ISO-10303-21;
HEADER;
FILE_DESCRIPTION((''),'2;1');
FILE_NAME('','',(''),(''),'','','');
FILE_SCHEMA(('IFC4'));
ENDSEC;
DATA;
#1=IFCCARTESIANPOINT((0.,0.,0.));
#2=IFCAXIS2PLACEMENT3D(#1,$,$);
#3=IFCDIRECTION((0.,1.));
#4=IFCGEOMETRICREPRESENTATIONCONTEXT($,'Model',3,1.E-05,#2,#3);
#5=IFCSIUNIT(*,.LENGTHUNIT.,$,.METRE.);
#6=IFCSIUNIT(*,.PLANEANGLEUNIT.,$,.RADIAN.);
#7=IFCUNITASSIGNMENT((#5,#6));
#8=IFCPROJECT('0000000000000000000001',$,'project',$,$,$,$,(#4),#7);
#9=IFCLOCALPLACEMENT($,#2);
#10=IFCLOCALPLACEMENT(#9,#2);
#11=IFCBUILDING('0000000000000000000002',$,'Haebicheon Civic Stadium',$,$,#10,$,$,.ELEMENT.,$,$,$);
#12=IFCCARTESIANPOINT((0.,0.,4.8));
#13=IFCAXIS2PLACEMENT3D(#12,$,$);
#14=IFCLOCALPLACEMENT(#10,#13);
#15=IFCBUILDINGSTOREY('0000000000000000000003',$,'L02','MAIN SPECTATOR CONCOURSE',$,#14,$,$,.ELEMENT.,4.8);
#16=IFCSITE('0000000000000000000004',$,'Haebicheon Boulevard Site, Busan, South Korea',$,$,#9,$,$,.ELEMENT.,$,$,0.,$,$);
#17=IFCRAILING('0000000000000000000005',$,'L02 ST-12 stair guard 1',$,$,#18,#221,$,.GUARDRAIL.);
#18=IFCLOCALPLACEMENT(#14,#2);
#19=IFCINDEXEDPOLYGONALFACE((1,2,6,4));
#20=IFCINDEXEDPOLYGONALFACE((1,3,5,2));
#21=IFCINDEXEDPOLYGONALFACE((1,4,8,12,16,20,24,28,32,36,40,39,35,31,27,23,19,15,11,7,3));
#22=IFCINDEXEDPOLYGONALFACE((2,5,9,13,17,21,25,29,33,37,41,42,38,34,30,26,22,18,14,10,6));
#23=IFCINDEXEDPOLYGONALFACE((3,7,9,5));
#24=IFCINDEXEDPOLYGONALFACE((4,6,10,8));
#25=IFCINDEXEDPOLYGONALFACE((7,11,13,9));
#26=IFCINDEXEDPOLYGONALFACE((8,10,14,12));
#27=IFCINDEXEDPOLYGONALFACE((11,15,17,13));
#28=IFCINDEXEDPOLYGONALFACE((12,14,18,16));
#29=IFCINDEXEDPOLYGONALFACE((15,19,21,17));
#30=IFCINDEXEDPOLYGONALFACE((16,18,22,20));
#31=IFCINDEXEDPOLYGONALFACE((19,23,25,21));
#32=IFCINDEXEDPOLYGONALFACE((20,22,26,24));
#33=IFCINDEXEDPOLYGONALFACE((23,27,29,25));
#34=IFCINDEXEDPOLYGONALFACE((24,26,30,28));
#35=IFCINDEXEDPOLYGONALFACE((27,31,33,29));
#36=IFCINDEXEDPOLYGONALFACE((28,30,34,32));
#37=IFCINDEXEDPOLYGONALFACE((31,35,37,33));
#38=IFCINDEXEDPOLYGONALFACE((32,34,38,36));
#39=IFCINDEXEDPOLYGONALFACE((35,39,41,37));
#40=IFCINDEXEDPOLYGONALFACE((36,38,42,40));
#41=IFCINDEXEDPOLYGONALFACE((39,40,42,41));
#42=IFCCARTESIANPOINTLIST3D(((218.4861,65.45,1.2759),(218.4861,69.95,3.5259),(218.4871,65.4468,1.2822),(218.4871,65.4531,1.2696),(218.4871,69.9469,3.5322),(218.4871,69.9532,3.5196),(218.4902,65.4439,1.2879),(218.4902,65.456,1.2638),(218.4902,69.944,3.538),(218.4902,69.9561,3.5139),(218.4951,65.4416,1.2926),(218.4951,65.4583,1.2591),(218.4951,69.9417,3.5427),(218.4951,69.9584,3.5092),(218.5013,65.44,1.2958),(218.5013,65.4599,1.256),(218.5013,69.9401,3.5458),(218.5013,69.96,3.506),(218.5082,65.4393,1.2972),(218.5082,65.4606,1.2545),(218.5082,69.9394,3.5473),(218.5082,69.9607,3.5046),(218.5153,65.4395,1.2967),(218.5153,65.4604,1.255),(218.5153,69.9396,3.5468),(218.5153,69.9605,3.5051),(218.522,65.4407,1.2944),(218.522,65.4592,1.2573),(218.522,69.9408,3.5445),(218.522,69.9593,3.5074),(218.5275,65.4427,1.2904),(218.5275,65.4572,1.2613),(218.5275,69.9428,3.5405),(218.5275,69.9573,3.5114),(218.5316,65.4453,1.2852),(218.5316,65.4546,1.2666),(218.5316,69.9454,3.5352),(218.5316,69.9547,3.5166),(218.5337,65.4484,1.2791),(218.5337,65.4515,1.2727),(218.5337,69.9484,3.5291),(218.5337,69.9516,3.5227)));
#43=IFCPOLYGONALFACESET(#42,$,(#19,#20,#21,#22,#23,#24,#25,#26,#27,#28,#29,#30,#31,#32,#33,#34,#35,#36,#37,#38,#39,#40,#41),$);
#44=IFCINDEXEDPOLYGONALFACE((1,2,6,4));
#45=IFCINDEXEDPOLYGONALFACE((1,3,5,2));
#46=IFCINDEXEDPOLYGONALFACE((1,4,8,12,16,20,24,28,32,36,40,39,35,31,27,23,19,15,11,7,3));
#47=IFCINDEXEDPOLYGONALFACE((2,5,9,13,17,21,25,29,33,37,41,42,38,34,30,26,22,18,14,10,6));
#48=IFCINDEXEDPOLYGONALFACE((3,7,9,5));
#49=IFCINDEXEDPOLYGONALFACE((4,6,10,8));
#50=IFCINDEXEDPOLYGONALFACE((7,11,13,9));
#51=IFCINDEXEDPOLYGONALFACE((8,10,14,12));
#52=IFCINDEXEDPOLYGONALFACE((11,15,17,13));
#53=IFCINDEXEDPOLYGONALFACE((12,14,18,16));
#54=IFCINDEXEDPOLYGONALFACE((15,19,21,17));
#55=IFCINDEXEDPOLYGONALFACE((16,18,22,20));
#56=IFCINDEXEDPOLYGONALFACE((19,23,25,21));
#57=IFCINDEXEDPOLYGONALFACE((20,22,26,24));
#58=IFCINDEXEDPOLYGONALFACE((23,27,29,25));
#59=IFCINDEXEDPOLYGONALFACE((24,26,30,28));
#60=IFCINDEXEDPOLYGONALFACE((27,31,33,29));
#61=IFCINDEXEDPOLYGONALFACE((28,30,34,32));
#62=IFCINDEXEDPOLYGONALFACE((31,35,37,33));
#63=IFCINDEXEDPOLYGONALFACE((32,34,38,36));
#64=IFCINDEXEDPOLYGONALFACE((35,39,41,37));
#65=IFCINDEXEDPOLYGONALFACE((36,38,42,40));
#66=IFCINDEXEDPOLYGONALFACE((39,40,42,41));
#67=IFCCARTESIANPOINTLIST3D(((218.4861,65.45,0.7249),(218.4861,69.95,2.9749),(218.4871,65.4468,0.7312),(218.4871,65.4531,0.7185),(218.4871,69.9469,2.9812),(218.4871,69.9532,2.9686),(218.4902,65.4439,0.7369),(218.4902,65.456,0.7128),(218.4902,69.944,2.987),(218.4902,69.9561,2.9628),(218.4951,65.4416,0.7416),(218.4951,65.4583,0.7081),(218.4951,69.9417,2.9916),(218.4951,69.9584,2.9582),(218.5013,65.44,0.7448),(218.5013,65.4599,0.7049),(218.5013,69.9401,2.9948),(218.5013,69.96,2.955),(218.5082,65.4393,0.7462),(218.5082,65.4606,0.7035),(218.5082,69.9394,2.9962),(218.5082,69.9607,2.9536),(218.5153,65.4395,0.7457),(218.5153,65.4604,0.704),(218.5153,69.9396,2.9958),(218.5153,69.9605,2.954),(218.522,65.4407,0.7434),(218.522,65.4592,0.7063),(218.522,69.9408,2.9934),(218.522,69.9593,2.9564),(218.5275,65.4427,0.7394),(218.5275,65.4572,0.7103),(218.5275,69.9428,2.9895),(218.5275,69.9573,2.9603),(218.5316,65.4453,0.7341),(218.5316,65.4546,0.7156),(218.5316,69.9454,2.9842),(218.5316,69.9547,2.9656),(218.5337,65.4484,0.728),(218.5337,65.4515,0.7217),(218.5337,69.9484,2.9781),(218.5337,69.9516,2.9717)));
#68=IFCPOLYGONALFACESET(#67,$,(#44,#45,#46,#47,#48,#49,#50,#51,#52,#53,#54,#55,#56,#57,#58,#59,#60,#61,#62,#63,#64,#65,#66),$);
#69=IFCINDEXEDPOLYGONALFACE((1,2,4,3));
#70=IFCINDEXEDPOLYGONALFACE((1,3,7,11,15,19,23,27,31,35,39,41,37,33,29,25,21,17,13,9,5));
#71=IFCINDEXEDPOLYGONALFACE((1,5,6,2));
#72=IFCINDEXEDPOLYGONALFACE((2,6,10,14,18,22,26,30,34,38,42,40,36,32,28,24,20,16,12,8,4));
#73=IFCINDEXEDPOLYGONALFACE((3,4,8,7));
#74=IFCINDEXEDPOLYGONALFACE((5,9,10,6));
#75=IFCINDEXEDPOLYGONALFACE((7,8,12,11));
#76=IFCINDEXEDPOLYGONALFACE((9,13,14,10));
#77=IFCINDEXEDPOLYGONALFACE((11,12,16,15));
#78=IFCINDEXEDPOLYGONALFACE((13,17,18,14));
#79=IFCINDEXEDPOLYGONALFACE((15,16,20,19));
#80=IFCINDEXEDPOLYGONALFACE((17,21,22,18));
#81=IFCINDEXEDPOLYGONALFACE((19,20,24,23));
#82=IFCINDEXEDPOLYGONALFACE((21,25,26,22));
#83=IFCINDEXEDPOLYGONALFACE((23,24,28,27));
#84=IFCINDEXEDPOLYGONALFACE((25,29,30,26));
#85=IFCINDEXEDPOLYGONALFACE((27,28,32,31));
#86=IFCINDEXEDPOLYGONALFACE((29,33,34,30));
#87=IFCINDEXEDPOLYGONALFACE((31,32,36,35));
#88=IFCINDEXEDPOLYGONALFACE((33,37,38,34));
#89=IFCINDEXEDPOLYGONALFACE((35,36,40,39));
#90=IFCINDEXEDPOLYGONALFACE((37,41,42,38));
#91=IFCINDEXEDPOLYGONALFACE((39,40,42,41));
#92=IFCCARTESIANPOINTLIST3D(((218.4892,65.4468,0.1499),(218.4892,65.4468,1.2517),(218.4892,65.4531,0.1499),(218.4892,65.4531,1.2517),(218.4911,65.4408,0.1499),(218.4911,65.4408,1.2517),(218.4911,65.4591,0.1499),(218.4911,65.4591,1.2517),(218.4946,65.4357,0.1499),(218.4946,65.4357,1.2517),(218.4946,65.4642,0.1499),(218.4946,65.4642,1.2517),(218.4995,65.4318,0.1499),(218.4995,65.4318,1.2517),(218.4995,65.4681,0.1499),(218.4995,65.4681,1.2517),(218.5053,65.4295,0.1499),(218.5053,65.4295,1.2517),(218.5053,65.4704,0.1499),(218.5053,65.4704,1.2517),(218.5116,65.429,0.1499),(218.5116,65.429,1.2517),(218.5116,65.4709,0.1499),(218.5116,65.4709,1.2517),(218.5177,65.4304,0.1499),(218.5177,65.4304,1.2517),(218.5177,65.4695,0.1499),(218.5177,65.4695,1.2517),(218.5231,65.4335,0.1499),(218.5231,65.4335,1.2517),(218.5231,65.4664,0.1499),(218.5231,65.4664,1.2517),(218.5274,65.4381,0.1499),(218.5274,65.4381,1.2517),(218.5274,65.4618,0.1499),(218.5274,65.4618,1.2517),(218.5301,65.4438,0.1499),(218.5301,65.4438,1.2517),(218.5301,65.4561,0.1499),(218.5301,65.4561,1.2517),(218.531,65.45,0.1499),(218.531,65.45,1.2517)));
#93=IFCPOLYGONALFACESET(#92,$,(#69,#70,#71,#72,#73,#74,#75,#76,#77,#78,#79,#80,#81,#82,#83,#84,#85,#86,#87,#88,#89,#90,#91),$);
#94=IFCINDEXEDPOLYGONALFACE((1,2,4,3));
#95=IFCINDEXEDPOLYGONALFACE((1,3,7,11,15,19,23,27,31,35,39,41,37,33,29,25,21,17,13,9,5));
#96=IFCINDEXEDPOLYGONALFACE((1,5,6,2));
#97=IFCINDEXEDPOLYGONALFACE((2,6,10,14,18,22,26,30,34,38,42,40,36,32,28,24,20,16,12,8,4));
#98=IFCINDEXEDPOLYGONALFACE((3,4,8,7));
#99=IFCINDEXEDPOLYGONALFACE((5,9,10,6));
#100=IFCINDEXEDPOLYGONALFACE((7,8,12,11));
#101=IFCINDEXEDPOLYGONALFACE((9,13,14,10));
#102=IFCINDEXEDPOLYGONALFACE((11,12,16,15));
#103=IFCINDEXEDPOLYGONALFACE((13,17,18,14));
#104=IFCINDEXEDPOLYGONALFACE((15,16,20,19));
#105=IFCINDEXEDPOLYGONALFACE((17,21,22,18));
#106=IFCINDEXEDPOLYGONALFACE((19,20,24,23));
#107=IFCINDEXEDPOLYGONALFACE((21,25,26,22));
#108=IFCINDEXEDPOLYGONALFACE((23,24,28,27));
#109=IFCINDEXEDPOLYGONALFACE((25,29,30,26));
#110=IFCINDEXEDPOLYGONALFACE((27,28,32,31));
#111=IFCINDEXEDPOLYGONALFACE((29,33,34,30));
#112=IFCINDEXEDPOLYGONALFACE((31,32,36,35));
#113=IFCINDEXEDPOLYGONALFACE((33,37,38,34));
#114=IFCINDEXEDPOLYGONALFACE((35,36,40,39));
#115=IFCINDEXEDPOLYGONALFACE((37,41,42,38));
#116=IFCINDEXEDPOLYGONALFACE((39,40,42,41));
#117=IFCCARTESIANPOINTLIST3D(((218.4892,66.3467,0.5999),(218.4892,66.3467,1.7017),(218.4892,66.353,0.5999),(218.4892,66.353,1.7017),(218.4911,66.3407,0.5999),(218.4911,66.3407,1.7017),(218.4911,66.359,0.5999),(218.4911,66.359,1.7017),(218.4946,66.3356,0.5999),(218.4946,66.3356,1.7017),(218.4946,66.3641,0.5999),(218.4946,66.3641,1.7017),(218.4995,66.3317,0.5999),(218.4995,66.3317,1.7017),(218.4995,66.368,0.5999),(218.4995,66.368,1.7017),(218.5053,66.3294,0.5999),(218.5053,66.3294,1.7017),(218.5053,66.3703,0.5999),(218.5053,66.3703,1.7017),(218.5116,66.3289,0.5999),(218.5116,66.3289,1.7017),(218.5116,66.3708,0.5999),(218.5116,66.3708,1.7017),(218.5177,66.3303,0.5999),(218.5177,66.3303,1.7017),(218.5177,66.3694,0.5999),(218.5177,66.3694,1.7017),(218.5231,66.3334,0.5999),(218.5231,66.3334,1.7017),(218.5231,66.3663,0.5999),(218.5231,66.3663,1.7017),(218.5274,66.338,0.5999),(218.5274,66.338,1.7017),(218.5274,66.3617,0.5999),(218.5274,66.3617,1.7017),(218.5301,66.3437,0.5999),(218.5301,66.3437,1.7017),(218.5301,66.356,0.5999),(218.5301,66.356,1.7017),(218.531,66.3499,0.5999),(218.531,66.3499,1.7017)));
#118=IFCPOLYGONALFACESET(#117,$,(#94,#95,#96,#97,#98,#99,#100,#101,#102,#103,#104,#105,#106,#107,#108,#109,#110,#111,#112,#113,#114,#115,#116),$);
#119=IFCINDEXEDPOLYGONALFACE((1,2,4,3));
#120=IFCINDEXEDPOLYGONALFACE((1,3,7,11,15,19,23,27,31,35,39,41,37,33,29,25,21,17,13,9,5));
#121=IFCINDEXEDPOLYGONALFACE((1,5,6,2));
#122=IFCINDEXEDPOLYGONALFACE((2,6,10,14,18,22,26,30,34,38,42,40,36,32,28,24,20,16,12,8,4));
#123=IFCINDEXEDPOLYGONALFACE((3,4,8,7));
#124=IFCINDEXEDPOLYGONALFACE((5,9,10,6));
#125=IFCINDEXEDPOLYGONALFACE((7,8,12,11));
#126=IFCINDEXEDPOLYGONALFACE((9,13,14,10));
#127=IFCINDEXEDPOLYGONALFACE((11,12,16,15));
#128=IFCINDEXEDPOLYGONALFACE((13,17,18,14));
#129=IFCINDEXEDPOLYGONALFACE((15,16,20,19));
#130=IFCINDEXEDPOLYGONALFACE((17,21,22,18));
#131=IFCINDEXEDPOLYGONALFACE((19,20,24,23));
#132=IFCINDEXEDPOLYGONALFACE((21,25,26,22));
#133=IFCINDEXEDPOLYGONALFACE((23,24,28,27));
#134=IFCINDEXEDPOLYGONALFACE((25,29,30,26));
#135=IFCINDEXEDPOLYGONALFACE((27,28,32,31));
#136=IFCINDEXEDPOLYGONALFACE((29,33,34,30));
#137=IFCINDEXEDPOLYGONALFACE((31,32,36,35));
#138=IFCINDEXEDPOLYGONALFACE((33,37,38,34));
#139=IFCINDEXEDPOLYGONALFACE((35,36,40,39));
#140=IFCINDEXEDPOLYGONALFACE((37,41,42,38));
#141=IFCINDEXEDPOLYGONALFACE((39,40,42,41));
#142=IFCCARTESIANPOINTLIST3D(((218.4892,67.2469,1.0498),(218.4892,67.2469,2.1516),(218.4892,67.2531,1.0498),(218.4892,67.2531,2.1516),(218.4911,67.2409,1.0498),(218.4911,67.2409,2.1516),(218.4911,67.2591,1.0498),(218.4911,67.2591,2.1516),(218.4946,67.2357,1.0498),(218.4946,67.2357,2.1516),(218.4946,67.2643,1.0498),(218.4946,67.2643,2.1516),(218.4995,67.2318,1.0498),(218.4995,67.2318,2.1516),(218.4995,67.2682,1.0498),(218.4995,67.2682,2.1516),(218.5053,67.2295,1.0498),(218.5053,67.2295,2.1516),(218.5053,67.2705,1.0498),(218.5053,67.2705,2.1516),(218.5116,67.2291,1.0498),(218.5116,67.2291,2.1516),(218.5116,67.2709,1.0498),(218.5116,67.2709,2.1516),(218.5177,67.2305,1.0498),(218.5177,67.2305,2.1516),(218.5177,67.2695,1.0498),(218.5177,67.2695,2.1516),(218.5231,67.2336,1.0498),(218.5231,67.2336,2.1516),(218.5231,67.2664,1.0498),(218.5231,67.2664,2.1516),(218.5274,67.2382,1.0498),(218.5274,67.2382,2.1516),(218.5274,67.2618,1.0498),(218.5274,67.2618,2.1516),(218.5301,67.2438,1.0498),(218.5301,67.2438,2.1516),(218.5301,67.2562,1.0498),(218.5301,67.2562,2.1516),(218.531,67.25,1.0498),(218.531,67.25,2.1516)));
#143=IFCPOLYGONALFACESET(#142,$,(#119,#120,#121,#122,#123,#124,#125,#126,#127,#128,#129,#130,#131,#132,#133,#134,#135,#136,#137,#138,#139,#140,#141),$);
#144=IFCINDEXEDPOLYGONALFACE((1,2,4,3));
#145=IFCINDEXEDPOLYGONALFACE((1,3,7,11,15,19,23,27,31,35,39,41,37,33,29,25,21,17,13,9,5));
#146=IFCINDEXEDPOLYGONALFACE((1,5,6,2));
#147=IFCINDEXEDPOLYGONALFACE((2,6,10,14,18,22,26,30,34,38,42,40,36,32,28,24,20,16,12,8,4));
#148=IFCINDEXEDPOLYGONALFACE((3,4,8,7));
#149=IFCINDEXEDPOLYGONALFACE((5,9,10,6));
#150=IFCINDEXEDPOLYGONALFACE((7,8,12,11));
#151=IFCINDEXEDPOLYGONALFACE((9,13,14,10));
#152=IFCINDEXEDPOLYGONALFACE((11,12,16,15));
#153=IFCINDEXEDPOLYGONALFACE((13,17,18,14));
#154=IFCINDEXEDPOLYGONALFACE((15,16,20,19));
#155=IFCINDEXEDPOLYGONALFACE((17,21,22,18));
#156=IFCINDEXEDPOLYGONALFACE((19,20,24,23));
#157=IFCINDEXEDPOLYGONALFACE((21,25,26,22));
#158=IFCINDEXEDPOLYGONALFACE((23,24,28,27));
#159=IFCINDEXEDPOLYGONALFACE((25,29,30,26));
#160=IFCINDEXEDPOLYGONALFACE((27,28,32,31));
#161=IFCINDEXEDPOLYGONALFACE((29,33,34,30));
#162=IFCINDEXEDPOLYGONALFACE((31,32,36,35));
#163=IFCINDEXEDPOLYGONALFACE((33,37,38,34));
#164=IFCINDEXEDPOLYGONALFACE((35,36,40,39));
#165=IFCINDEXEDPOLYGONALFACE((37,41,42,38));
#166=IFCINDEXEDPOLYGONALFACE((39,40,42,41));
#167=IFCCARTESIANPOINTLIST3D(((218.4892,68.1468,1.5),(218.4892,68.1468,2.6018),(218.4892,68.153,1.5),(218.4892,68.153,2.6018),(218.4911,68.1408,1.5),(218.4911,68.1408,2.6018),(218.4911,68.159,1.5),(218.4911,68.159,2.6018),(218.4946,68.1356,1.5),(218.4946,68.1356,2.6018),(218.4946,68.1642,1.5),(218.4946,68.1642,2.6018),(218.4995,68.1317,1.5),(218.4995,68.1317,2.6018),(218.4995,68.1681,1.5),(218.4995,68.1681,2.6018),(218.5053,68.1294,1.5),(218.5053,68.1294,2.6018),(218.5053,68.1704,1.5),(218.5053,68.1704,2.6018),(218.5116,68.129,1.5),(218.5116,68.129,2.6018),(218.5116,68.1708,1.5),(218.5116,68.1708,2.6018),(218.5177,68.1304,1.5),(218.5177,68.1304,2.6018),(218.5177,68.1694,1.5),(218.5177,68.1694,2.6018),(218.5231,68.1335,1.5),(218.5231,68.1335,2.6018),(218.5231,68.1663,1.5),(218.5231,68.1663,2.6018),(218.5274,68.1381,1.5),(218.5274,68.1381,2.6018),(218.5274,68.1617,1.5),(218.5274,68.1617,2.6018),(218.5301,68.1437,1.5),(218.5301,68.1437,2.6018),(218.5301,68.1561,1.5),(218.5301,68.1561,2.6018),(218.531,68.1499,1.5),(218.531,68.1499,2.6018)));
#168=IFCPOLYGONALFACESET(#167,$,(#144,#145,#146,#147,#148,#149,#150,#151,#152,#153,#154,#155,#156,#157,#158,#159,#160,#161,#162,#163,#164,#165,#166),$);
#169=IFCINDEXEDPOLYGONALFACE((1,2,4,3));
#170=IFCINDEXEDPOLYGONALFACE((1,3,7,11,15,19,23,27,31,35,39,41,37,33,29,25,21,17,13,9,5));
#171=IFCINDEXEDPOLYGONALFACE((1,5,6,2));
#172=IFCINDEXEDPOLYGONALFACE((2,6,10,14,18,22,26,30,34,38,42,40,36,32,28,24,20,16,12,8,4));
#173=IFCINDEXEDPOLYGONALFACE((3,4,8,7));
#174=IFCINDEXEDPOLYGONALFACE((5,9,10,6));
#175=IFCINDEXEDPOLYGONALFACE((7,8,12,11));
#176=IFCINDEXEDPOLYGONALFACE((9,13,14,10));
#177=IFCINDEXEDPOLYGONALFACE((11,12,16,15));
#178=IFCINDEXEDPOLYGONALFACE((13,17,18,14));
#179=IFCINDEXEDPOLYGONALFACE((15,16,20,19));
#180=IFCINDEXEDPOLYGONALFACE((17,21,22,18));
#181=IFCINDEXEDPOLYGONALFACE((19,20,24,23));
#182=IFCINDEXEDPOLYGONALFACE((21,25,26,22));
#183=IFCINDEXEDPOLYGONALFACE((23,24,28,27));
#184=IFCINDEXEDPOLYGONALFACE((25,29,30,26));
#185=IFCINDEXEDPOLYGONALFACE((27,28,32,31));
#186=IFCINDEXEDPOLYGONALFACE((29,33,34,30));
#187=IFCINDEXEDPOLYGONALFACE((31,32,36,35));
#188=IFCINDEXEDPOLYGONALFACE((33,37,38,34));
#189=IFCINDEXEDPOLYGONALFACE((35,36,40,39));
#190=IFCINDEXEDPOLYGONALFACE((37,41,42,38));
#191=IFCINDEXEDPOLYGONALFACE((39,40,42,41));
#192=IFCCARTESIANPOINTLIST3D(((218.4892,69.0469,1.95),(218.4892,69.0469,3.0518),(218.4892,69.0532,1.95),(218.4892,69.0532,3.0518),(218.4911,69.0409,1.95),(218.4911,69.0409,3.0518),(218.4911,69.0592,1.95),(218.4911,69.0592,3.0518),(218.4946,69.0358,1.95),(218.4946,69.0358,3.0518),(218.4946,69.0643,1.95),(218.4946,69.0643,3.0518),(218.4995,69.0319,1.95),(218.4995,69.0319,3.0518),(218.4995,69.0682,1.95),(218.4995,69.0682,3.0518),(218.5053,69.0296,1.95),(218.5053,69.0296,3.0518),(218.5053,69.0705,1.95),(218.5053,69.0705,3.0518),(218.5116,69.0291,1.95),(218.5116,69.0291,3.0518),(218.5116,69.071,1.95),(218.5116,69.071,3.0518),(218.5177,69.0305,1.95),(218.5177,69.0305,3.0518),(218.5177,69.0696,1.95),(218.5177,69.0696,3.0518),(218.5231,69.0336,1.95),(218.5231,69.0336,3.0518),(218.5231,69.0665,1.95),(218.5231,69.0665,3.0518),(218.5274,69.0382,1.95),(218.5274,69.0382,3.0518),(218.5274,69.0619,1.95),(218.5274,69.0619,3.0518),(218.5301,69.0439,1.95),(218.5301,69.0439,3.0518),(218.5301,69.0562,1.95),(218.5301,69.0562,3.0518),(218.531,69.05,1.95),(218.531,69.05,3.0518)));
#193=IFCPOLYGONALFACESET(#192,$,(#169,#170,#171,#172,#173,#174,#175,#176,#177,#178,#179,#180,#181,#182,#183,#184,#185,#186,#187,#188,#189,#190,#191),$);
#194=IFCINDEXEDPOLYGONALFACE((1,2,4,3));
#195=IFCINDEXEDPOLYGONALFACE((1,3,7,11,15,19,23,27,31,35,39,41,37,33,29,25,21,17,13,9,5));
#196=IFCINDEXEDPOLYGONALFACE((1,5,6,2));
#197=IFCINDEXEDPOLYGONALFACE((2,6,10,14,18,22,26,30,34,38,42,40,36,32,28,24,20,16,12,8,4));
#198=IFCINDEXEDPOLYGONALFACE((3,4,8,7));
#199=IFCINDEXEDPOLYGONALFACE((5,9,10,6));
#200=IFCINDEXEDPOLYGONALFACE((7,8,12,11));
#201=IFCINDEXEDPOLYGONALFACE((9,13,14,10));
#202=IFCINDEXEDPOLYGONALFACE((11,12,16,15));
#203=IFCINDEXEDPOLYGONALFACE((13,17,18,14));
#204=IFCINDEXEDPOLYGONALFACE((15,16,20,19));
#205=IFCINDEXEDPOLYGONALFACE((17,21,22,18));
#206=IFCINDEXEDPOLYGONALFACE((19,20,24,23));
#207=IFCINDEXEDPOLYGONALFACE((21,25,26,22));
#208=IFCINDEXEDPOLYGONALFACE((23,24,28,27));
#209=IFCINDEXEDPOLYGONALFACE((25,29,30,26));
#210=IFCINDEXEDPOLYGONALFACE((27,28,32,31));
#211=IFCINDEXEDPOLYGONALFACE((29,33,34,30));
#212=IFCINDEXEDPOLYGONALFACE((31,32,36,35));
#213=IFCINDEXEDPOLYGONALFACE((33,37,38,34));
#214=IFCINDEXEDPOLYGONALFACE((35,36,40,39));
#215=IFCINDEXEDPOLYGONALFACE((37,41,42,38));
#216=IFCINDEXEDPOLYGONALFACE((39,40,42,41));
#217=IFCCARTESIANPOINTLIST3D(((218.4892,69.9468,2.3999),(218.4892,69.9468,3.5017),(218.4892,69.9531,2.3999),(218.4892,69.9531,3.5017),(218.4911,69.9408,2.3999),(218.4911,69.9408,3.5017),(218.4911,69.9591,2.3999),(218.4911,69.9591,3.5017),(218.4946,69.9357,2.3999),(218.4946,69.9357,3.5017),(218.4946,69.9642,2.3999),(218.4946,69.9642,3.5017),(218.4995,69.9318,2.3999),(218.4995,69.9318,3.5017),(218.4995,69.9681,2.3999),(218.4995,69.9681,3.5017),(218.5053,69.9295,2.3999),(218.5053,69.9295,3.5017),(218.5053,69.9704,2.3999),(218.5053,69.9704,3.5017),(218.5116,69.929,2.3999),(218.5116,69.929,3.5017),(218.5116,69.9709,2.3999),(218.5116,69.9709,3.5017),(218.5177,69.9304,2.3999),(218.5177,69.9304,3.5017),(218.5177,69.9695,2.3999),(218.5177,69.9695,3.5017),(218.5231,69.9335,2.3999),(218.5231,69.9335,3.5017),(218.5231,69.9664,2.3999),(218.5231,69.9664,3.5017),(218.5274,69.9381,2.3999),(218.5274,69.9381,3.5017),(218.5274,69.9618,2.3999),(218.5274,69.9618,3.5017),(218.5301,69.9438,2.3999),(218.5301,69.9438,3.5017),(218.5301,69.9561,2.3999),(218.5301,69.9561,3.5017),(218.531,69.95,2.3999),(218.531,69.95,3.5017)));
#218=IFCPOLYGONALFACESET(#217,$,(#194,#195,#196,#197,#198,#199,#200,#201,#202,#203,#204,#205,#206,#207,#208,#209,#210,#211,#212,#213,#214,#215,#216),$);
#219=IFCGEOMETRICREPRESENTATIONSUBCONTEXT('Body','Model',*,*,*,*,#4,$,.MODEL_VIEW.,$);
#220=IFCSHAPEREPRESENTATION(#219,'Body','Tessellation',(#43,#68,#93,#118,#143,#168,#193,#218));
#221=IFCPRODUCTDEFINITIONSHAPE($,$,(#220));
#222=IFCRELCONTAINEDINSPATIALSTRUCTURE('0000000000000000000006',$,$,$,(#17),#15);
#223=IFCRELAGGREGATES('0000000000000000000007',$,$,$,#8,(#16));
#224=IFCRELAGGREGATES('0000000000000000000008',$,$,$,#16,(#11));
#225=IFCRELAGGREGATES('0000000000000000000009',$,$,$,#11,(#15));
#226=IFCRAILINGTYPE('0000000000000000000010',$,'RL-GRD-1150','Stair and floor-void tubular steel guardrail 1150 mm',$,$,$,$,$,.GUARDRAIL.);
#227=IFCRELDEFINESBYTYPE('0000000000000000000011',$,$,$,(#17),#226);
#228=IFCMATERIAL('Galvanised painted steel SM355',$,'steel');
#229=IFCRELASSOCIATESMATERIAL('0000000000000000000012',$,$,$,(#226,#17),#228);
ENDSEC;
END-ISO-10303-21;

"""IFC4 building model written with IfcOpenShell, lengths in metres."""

from ifc_helpers import new_model, si_unit, direction, frame, origin, origin_2d, place, context, subcontext, project, spatial, circle, extrude, material, type_object, element, save


model = new_model("IFC4")

# Units and contexts
model_context = context("Model", 3, precision=1e-05, world=origin(), true_north=direction((0.0, 1.0)))
body_context = subcontext(model_context, "Body", "Model", "MODEL_VIEW")
ifc_project = project(units=[si_unit("LENGTHUNIT", "METRE"), si_unit("PLANEANGLEUNIT", "RADIAN")], contexts=[model_context])

# Site, building, storey
site_placement = place(None, origin())
site = spatial("IfcSite", under=ifc_project, at=site_placement, Name="Haebicheon Boulevard Site, Busan, South Korea", CompositionType="ELEMENT", RefElevation=0.0)
building_placement = place(site_placement, origin())
building = spatial("IfcBuilding", under=site, at=building_placement, Name="Haebicheon Civic Stadium", CompositionType="ELEMENT")
storey_placement = place(building_placement, frame((0.0, 0.0, 4.8)))
storey = spatial("IfcBuildingStorey", under=building, at=storey_placement, Name="L02", Description="MAIN SPECTATOR CONCOURSE", CompositionType="ELEMENT", Elevation=4.8)

# Railing
ifc_material_1 = material(Name="Galvanised painted steel SM355", Category="steel")
railing_type_1 = type_object("IfcRailingType", Name="RL-GRD-1150", Description="Stair and floor-void tubular steel guardrail 1150 mm", PredefinedType="GUARDRAIL", material=ifc_material_1)
railing_1_placement = place(storey_placement, frame((218.51, 65.45, 0.1499)))
element("IfcRailing", 1, at=railing_1_placement, inside=storey, type_object=railing_type_1, material=ifc_material_1, Name="L02 ST-12 stair guard 1", PredefinedType="GUARDRAIL", context=body_context, shape_type="SweptSolid", body=[
    extrude(circle(Radius=0.0239, at=origin_2d()), frame((0.0, 0.0, 1.126), z_axis=(0.0, 0.894427, 0.447214), x_axis=(-1.0, 0.0, 0.0)), (0.0, 0.0, 1.0), 5.0312),
    extrude(circle(Radius=0.0239, at=origin_2d()), frame((0.0, 0.0, 0.575), z_axis=(0.0, 0.894427, 0.447214), x_axis=(-1.0, 0.0, 0.0)), (0.0, 0.0, 1.0), 5.0312),
    extrude(circle(Radius=0.021, at=origin_2d()), origin(), (0.0, 0.0, 1.0), 1.1018),
    extrude(circle(Radius=0.021, at=origin_2d()), frame((0.0, 0.8999, 0.45)), (0.0, 0.0, 1.0), 1.1018),
    extrude(circle(Radius=0.021, at=origin_2d()), frame((0.0, 1.8, 0.8999)), (0.0, 0.0, 1.0), 1.1018),
    extrude(circle(Radius=0.021, at=origin_2d()), frame((0.0, 2.7, 1.3501)), (0.0, 0.0, 1.0), 1.1018),
    extrude(circle(Radius=0.021, at=origin_2d()), frame((0.0, 3.6001, 1.8)), (0.0, 0.0, 1.0), 1.1018),
    extrude(circle(Radius=0.021, at=origin_2d()), frame((0.0, 4.5, 2.25)), (0.0, 0.0, 1.0), 1.1018),
])

save(model, "model.ifc")
